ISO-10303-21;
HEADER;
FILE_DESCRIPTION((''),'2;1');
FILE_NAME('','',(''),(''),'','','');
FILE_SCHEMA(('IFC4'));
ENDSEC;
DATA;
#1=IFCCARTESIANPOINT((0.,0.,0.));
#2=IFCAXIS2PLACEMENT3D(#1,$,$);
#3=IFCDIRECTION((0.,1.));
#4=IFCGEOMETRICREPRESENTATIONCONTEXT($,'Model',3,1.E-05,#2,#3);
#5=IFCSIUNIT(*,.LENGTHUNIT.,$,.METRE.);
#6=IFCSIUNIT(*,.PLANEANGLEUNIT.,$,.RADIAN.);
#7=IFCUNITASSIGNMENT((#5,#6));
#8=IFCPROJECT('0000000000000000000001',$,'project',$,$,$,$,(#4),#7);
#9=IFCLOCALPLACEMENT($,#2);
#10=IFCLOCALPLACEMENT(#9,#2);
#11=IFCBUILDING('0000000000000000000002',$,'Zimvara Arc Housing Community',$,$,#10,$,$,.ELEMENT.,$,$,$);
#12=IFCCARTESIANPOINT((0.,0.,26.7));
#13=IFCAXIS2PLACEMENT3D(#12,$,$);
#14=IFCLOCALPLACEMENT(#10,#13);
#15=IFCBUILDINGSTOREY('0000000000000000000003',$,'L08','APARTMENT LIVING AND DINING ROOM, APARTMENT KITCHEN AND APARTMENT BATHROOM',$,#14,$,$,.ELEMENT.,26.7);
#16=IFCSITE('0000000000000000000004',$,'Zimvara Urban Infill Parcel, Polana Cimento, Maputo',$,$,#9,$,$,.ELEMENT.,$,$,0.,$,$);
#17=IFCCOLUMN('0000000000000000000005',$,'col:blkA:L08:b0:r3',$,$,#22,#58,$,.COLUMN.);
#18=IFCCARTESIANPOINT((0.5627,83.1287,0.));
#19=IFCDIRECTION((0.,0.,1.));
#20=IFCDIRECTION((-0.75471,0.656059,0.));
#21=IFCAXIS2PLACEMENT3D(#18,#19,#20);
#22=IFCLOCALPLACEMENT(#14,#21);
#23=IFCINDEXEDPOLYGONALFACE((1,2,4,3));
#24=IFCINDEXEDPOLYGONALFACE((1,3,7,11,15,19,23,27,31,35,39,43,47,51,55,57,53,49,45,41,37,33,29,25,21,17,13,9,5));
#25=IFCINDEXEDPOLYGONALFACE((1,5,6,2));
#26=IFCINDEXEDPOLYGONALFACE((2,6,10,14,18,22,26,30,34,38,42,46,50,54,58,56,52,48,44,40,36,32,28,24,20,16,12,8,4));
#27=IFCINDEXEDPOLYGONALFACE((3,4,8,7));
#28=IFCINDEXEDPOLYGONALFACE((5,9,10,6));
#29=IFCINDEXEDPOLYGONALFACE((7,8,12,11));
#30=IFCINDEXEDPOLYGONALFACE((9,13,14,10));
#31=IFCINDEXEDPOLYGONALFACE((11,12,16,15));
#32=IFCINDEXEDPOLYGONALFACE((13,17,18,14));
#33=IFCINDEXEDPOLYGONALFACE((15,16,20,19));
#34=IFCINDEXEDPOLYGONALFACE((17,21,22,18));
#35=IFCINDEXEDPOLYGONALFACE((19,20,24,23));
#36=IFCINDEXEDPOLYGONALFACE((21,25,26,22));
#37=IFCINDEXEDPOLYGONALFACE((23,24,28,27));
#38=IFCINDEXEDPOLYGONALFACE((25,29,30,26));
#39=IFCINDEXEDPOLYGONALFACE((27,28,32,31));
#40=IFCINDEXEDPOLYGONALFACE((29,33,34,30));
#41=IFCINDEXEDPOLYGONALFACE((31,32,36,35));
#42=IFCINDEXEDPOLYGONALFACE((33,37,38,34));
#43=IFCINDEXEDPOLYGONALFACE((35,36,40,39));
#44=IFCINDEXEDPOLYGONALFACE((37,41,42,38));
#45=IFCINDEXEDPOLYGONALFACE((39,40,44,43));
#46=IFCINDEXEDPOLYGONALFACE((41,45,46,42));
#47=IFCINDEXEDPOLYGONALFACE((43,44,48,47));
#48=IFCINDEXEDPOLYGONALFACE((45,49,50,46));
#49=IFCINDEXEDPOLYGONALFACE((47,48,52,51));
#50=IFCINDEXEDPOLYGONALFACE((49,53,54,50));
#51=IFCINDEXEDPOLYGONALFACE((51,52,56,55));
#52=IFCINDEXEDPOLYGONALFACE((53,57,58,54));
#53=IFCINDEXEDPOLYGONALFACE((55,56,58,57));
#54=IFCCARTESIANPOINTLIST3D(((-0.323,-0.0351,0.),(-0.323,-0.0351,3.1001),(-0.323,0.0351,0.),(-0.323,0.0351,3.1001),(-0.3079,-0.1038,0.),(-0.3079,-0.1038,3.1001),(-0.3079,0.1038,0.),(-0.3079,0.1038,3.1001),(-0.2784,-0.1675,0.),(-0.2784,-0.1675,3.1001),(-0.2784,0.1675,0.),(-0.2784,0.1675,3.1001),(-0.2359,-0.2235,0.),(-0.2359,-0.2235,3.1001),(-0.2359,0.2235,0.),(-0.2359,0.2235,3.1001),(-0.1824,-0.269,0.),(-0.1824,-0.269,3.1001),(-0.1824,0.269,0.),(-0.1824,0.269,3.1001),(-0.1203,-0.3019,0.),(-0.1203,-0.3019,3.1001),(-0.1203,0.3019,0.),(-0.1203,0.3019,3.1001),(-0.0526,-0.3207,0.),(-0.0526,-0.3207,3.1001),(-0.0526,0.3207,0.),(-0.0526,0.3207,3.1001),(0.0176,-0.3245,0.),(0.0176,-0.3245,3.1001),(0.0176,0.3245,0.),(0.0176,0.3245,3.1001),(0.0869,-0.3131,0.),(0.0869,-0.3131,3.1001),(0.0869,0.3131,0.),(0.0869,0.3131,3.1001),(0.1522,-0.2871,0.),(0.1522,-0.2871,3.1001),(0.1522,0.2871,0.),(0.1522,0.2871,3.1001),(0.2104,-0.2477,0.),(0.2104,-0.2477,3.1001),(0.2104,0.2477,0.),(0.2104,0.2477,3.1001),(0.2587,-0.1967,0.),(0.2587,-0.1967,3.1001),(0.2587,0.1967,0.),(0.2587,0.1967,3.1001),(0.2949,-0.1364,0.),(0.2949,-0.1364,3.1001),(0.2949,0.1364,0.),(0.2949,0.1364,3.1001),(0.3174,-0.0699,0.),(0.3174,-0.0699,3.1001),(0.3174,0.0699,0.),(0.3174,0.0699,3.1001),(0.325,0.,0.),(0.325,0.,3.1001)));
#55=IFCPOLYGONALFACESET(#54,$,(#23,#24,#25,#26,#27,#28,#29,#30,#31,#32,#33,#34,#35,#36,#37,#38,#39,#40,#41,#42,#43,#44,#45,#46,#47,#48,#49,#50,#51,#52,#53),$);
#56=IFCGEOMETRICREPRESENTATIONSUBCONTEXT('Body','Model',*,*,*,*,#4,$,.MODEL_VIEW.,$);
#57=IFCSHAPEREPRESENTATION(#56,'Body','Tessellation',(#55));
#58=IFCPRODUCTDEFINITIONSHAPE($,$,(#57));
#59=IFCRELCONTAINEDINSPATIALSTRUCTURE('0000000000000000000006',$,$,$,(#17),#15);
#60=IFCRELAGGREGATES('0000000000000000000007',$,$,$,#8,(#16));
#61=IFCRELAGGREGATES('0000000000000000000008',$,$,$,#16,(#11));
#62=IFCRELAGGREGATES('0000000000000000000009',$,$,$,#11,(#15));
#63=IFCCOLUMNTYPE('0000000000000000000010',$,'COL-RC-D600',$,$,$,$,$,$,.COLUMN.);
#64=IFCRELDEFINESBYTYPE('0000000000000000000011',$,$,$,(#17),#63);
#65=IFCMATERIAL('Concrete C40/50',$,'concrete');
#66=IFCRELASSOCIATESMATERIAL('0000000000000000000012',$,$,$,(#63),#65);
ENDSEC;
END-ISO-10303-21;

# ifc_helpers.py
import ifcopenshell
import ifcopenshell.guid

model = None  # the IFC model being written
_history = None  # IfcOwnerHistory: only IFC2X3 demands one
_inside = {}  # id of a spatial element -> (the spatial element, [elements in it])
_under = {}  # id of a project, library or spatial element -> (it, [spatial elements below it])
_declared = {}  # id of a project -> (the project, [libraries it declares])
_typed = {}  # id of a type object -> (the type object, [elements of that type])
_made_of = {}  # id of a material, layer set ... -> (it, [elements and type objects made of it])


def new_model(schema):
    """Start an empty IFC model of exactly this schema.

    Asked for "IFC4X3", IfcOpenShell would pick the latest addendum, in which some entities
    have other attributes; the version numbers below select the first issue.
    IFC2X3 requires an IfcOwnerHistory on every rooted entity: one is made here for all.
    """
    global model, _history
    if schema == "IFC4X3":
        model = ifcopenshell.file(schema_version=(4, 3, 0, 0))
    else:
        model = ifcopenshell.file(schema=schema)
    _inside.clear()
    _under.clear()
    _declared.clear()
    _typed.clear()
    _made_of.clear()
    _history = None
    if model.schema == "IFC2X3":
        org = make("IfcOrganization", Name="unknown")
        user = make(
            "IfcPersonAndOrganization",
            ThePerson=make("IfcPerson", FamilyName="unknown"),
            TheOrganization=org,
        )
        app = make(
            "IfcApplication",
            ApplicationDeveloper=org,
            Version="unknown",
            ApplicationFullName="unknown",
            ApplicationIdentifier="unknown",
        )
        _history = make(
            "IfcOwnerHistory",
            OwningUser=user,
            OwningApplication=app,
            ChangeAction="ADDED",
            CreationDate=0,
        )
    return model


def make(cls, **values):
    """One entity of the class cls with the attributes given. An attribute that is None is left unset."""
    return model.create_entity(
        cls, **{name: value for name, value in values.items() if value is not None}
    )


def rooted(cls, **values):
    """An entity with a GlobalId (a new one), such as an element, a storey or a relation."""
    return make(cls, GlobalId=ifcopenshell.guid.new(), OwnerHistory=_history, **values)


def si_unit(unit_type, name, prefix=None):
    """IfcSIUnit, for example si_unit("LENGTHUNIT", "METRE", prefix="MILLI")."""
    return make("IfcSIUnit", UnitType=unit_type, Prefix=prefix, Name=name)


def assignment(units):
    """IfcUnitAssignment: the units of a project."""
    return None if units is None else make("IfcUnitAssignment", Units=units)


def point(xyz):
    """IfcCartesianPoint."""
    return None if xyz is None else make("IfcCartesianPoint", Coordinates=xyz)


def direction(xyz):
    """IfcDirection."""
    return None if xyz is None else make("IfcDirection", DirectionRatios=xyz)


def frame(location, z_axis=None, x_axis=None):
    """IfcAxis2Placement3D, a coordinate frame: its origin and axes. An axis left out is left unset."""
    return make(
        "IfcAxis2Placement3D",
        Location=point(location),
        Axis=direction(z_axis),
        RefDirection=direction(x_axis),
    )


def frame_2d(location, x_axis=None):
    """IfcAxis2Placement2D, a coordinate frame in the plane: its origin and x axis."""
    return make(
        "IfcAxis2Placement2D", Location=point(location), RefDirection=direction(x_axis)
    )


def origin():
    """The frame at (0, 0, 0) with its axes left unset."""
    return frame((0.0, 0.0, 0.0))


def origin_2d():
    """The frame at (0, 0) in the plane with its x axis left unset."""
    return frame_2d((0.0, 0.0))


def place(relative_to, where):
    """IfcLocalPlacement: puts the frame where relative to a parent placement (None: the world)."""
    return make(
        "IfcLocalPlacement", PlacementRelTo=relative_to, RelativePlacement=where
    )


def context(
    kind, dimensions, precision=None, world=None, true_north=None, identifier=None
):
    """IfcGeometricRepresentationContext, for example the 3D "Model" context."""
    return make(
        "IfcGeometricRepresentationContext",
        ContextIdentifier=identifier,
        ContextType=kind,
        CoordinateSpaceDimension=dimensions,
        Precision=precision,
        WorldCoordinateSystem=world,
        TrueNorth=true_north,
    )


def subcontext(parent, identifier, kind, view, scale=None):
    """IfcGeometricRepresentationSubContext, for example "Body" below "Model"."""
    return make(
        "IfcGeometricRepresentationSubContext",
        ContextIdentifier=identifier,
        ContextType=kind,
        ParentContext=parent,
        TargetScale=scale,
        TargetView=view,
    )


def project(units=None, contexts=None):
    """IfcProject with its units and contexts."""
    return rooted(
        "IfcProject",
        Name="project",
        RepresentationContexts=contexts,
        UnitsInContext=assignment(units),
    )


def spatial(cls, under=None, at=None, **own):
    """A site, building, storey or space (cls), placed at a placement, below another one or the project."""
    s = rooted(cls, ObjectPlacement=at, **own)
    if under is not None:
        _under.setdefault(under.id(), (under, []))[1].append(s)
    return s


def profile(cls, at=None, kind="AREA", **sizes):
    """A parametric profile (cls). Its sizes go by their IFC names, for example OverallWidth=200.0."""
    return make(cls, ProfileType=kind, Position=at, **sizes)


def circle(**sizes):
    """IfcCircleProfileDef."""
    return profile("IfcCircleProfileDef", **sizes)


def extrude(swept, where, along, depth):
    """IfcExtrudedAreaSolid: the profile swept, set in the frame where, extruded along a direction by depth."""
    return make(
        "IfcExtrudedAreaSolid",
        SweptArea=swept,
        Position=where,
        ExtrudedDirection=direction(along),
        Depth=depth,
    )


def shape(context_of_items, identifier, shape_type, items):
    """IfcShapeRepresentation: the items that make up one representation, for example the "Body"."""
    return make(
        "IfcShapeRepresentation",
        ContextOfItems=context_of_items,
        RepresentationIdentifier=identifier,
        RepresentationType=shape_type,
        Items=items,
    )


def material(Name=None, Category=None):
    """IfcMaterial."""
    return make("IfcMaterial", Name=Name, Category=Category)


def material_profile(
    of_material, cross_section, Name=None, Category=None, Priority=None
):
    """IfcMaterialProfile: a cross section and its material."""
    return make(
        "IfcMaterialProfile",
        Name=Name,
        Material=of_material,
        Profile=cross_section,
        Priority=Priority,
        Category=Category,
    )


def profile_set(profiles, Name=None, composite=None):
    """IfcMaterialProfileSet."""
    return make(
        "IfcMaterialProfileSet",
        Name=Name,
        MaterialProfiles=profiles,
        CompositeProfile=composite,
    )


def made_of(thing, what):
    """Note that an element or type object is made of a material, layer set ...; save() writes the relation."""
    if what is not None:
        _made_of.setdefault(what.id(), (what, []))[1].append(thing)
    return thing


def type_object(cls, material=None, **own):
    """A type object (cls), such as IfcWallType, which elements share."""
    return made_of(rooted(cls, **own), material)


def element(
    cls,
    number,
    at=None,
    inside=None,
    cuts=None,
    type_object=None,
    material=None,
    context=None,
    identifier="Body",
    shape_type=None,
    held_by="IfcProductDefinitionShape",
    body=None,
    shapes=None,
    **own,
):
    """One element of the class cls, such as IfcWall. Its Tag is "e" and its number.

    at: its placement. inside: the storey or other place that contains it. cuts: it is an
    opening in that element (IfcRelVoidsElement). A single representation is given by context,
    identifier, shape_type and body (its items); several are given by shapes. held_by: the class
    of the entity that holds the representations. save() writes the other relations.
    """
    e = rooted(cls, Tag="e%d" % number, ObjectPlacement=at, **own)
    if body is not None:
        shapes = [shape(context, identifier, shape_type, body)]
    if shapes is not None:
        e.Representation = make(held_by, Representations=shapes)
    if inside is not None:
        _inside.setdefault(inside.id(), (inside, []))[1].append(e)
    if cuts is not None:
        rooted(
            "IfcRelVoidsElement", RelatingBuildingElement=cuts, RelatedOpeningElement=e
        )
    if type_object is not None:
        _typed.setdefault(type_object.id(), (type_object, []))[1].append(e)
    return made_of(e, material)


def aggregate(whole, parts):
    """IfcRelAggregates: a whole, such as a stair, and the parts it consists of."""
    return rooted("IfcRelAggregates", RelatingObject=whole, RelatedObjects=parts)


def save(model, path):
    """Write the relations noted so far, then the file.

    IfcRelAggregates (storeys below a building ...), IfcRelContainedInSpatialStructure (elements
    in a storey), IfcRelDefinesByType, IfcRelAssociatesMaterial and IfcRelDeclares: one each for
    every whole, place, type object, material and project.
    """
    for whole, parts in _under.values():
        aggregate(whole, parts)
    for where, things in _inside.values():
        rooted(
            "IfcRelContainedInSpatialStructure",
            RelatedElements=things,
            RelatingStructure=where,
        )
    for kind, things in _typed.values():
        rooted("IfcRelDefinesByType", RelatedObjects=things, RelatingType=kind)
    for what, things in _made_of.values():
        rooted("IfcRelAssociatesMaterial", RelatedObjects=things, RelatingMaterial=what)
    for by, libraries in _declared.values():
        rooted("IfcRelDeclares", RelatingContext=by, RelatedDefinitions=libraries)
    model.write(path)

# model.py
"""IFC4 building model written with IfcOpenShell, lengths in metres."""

from ifc_helpers import new_model, si_unit, direction, frame, origin, origin_2d, place, context, subcontext, project, spatial, circle, extrude, material, material_profile, profile_set, type_object, element, save


model = new_model("IFC4")

# Units and contexts
model_context = context("Model", 3, precision=1e-05, world=origin(), true_north=direction((0.0, 1.0)))
body_context = subcontext(model_context, "Body", "Model", "MODEL_VIEW")
ifc_project = project(units=[si_unit("LENGTHUNIT", "METRE"), si_unit("PLANEANGLEUNIT", "RADIAN")], contexts=[model_context])

# Site, building, storey
site_placement = place(None, origin())
site = spatial("IfcSite", under=ifc_project, at=site_placement, Name="Zimvara Urban Infill Parcel, Polana Cimento, Maputo", CompositionType="ELEMENT", RefElevation=0.0)
building_placement = place(site_placement, origin())
building = spatial("IfcBuilding", under=site, at=building_placement, Name="Zimvara Arc Housing Community", CompositionType="ELEMENT")
storey_placement = place(building_placement, frame((0.0, 0.0, 26.7)))
storey = spatial("IfcBuildingStorey", under=building, at=storey_placement, Name="L08", Description="APARTMENT LIVING AND DINING ROOM, APARTMENT KITCHEN AND APARTMENT BATHROOM", CompositionType="ELEMENT", Elevation=26.7)

# Column
ifc_material_1 = material(Name="Concrete C40/50", Category="concrete")
ifc_material_profile_1 = material_profile(ifc_material_1, circle(Radius=0.325, at=origin_2d()), Name="RC D650")
ifc_profile_set_1 = profile_set([ifc_material_profile_1], Name="Concrete C40/50")
column_type_1 = type_object("IfcColumnType", Name="COL-RC-D600", PredefinedType="COLUMN", material=ifc_profile_set_1)
column_placement = place(storey_placement, frame((0.5627, 83.1287, 0.0), z_axis=(0.0, 0.0, 1.0), x_axis=(-0.75471, 0.656059, 0.0)))
element("IfcColumn", 1, at=column_placement, inside=storey, type_object=column_type_1, Name="col:blkA:L08:b0:r3", PredefinedType="COLUMN", context=body_context, shape_type="SweptSolid", body=[
    extrude(circle(Radius=0.325, at=origin_2d()), origin(), (0.0, 0.0, 1.0), 3.1001),
])

save(model, "model.ifc")
